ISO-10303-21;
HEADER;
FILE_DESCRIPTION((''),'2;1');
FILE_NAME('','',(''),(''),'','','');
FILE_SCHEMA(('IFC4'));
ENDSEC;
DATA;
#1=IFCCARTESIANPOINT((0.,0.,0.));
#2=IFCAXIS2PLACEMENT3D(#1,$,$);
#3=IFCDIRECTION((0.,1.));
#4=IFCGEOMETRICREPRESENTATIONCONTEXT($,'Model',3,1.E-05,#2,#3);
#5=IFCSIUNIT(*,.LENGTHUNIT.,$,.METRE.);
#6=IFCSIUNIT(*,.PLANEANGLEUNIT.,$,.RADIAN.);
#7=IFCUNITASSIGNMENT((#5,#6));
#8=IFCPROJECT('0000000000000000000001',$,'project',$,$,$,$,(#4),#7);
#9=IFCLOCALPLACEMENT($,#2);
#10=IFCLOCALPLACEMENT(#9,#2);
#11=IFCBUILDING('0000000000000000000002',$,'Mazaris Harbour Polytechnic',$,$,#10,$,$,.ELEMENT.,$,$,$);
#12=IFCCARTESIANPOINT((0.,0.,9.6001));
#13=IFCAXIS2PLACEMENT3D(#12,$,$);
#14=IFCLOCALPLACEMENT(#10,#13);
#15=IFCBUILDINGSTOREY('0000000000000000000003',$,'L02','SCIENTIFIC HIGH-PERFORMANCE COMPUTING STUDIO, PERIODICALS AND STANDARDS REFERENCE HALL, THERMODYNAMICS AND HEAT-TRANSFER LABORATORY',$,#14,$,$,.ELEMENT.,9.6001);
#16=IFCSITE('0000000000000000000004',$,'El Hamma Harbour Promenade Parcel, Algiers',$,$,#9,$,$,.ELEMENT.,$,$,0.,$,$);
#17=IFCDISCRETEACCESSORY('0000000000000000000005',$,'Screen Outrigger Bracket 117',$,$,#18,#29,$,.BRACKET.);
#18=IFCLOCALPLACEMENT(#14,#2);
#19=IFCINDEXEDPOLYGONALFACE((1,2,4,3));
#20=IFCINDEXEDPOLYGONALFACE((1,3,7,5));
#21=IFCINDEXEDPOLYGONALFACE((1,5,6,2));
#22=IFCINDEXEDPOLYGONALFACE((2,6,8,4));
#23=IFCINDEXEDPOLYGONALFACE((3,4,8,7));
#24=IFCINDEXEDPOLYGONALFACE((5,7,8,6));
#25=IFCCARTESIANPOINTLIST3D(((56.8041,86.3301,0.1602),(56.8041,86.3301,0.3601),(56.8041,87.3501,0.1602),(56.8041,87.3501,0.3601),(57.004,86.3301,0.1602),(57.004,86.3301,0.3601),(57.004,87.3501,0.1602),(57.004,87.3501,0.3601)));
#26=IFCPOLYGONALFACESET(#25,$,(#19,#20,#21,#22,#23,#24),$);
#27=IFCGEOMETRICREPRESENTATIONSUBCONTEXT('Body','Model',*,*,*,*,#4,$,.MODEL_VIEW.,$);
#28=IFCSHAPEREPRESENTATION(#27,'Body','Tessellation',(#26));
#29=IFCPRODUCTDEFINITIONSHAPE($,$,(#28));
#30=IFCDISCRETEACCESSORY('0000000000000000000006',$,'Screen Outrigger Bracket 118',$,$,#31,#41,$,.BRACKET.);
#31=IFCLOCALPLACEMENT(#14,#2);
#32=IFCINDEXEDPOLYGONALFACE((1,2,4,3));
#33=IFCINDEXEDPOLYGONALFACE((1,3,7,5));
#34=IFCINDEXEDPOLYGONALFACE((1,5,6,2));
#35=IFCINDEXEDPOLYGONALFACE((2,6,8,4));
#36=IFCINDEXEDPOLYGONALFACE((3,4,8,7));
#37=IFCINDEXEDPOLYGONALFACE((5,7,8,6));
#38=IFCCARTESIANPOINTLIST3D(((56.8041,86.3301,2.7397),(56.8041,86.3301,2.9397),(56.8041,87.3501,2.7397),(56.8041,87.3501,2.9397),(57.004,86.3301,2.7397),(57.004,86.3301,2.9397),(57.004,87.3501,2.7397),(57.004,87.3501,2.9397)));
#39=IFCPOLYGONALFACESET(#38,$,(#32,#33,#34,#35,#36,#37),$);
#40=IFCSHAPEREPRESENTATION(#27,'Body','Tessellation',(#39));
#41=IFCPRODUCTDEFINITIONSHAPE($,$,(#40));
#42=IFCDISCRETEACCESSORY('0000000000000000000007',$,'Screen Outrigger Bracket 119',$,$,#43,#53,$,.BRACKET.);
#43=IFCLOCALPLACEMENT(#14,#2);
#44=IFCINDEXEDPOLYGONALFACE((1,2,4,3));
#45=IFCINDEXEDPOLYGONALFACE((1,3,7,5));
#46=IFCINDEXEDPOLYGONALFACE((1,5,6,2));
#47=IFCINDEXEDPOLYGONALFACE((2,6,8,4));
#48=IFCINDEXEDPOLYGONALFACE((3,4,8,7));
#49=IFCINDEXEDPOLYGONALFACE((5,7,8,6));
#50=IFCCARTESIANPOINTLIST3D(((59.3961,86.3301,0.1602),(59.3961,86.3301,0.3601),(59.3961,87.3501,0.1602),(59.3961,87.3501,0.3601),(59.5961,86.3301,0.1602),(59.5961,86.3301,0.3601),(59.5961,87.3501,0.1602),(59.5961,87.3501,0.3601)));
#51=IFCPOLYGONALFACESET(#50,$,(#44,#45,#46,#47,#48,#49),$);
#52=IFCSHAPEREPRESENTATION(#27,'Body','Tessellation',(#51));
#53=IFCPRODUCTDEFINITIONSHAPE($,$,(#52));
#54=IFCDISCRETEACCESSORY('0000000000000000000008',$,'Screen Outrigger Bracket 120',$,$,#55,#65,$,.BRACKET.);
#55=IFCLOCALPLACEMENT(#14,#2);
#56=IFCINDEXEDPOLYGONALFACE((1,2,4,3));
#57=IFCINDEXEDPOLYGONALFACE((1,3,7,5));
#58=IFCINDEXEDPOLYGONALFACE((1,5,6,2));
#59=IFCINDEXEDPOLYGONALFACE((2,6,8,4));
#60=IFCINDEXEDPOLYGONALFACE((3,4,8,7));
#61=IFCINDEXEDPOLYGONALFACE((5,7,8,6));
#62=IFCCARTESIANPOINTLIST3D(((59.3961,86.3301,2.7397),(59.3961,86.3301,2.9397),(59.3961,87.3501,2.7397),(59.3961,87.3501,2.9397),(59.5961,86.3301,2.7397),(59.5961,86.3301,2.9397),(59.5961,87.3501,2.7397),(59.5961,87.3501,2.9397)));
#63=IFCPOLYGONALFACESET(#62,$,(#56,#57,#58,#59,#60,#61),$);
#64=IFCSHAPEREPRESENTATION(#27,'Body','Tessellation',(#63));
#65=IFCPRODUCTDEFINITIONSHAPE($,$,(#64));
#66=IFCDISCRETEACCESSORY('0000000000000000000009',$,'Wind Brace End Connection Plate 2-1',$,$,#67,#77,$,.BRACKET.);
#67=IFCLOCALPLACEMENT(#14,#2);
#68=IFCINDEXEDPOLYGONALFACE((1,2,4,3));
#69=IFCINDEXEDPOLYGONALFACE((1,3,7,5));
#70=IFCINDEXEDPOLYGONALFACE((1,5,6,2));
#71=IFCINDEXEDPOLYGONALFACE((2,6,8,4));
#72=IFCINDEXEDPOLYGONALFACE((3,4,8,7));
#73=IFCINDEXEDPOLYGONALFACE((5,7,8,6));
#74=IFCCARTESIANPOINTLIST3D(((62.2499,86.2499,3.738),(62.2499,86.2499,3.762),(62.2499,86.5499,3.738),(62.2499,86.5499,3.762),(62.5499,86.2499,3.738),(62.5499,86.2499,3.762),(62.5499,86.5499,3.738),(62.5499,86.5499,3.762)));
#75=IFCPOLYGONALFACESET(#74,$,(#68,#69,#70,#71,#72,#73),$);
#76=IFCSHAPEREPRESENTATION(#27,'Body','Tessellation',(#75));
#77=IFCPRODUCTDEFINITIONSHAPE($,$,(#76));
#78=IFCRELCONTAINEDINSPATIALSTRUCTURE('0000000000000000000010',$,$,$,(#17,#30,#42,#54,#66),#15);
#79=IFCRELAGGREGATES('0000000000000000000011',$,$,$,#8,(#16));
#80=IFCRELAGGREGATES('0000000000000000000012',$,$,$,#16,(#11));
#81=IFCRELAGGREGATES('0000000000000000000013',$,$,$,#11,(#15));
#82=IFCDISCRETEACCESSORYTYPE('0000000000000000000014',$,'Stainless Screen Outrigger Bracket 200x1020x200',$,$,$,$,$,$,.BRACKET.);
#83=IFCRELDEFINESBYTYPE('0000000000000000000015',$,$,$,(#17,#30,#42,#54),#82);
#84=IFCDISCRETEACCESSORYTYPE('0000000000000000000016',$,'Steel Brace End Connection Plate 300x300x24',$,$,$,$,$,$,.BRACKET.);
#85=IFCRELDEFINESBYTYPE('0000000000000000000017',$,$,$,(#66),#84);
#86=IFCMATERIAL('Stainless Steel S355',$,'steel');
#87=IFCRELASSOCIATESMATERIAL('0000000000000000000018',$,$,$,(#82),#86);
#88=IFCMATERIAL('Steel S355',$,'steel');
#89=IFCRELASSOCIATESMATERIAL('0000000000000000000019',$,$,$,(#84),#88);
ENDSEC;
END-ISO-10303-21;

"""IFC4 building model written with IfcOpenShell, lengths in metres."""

from ifc_helpers import new_model, si_unit, direction, frame, origin, origin_2d, place, context, subcontext, project, spatial, rectangle, extrude, material, type_object, element, save


model = new_model("IFC4")

# Units and contexts
model_context = context("Model", 3, precision=1e-05, world=origin(), true_north=direction((0.0, 1.0)))
body_context = subcontext(model_context, "Body", "Model", "MODEL_VIEW")
ifc_project = project(units=[si_unit("LENGTHUNIT", "METRE"), si_unit("PLANEANGLEUNIT", "RADIAN")], contexts=[model_context])

# Site, building, storey
site_placement = place(None, origin())
site = spatial("IfcSite", under=ifc_project, at=site_placement, Name="El Hamma Harbour Promenade Parcel, Algiers", CompositionType="ELEMENT", RefElevation=0.0)
building_placement = place(site_placement, origin())
building = spatial("IfcBuilding", under=site, at=building_placement, Name="Mazaris Harbour Polytechnic", CompositionType="ELEMENT")
storey_placement = place(building_placement, frame((0.0, 0.0, 9.6001)))
storey = spatial("IfcBuildingStorey", under=building, at=storey_placement, Name="L02", Description="SCIENTIFIC HIGH-PERFORMANCE COMPUTING STUDIO, PERIODICALS AND STANDARDS REFERENCE HALL, THERMODYNAMICS AND HEAT-TRANSFER LABORATORY", CompositionType="ELEMENT", Elevation=9.6001)

# Discrete accessories
ifc_material_1 = material(Name="Stainless Steel S355", Category="steel")
discrete_accessory_type_1 = type_object("IfcDiscreteAccessoryType", Name="Stainless Screen Outrigger Bracket 200x1020x200", PredefinedType="BRACKET", material=ifc_material_1)
for number, where, z_axis, x_axis, name in (
    (1, (56.9041, 86.8401, 0.1602), (0.0, 0.0, 1.0), (1.0, 0.0, 0.0), "Screen Outrigger Bracket 117"),
    (2, (56.9041, 86.8401, 2.7397), (0.0, 0.0, 1.0), (1.0, 0.0, 0.0), "Screen Outrigger Bracket 118"),
    (3, (59.4961, 86.8401, 0.1602), (0.0, 0.0, 1.0), (1.0, 0.0, 0.0), "Screen Outrigger Bracket 119"),
    (4, (59.4961, 86.8401, 2.7397), (0.0, 0.0, 1.0), (1.0, 0.0, 0.0), "Screen Outrigger Bracket 120"),
):
    element("IfcDiscreteAccessory", number, at=place(storey_placement, frame(where, z_axis=z_axis, x_axis=x_axis)), inside=storey, type_object=discrete_accessory_type_1, Name=name, PredefinedType="BRACKET", context=body_context, shape_type="SweptSolid", body=[
        extrude(rectangle(XDim=0.2, YDim=1.02, at=origin_2d()), origin(), (0.0, 0.0, 1.0), 0.2),
    ])
ifc_material_2 = material(Name="Steel S355", Category="steel")
discrete_accessory_type_2 = type_object("IfcDiscreteAccessoryType", Name="Steel Brace End Connection Plate 300x300x24", PredefinedType="BRACKET", material=ifc_material_2)
discrete_accessory_placement = place(storey_placement, frame((62.3999, 86.3999, 3.738), z_axis=(0.0, 0.0, 1.0), x_axis=(1.0, 0.0, 0.0)))
element("IfcDiscreteAccessory", 5, at=discrete_accessory_placement, inside=storey, type_object=discrete_accessory_type_2, Name="Wind Brace End Connection Plate 2-1", PredefinedType="BRACKET", context=body_context, shape_type="SweptSolid", body=[
    extrude(rectangle(XDim=0.3, YDim=0.3, at=origin_2d()), origin(), (0.0, 0.0, 1.0), 0.0239),
])

save(model, "model.ifc")
